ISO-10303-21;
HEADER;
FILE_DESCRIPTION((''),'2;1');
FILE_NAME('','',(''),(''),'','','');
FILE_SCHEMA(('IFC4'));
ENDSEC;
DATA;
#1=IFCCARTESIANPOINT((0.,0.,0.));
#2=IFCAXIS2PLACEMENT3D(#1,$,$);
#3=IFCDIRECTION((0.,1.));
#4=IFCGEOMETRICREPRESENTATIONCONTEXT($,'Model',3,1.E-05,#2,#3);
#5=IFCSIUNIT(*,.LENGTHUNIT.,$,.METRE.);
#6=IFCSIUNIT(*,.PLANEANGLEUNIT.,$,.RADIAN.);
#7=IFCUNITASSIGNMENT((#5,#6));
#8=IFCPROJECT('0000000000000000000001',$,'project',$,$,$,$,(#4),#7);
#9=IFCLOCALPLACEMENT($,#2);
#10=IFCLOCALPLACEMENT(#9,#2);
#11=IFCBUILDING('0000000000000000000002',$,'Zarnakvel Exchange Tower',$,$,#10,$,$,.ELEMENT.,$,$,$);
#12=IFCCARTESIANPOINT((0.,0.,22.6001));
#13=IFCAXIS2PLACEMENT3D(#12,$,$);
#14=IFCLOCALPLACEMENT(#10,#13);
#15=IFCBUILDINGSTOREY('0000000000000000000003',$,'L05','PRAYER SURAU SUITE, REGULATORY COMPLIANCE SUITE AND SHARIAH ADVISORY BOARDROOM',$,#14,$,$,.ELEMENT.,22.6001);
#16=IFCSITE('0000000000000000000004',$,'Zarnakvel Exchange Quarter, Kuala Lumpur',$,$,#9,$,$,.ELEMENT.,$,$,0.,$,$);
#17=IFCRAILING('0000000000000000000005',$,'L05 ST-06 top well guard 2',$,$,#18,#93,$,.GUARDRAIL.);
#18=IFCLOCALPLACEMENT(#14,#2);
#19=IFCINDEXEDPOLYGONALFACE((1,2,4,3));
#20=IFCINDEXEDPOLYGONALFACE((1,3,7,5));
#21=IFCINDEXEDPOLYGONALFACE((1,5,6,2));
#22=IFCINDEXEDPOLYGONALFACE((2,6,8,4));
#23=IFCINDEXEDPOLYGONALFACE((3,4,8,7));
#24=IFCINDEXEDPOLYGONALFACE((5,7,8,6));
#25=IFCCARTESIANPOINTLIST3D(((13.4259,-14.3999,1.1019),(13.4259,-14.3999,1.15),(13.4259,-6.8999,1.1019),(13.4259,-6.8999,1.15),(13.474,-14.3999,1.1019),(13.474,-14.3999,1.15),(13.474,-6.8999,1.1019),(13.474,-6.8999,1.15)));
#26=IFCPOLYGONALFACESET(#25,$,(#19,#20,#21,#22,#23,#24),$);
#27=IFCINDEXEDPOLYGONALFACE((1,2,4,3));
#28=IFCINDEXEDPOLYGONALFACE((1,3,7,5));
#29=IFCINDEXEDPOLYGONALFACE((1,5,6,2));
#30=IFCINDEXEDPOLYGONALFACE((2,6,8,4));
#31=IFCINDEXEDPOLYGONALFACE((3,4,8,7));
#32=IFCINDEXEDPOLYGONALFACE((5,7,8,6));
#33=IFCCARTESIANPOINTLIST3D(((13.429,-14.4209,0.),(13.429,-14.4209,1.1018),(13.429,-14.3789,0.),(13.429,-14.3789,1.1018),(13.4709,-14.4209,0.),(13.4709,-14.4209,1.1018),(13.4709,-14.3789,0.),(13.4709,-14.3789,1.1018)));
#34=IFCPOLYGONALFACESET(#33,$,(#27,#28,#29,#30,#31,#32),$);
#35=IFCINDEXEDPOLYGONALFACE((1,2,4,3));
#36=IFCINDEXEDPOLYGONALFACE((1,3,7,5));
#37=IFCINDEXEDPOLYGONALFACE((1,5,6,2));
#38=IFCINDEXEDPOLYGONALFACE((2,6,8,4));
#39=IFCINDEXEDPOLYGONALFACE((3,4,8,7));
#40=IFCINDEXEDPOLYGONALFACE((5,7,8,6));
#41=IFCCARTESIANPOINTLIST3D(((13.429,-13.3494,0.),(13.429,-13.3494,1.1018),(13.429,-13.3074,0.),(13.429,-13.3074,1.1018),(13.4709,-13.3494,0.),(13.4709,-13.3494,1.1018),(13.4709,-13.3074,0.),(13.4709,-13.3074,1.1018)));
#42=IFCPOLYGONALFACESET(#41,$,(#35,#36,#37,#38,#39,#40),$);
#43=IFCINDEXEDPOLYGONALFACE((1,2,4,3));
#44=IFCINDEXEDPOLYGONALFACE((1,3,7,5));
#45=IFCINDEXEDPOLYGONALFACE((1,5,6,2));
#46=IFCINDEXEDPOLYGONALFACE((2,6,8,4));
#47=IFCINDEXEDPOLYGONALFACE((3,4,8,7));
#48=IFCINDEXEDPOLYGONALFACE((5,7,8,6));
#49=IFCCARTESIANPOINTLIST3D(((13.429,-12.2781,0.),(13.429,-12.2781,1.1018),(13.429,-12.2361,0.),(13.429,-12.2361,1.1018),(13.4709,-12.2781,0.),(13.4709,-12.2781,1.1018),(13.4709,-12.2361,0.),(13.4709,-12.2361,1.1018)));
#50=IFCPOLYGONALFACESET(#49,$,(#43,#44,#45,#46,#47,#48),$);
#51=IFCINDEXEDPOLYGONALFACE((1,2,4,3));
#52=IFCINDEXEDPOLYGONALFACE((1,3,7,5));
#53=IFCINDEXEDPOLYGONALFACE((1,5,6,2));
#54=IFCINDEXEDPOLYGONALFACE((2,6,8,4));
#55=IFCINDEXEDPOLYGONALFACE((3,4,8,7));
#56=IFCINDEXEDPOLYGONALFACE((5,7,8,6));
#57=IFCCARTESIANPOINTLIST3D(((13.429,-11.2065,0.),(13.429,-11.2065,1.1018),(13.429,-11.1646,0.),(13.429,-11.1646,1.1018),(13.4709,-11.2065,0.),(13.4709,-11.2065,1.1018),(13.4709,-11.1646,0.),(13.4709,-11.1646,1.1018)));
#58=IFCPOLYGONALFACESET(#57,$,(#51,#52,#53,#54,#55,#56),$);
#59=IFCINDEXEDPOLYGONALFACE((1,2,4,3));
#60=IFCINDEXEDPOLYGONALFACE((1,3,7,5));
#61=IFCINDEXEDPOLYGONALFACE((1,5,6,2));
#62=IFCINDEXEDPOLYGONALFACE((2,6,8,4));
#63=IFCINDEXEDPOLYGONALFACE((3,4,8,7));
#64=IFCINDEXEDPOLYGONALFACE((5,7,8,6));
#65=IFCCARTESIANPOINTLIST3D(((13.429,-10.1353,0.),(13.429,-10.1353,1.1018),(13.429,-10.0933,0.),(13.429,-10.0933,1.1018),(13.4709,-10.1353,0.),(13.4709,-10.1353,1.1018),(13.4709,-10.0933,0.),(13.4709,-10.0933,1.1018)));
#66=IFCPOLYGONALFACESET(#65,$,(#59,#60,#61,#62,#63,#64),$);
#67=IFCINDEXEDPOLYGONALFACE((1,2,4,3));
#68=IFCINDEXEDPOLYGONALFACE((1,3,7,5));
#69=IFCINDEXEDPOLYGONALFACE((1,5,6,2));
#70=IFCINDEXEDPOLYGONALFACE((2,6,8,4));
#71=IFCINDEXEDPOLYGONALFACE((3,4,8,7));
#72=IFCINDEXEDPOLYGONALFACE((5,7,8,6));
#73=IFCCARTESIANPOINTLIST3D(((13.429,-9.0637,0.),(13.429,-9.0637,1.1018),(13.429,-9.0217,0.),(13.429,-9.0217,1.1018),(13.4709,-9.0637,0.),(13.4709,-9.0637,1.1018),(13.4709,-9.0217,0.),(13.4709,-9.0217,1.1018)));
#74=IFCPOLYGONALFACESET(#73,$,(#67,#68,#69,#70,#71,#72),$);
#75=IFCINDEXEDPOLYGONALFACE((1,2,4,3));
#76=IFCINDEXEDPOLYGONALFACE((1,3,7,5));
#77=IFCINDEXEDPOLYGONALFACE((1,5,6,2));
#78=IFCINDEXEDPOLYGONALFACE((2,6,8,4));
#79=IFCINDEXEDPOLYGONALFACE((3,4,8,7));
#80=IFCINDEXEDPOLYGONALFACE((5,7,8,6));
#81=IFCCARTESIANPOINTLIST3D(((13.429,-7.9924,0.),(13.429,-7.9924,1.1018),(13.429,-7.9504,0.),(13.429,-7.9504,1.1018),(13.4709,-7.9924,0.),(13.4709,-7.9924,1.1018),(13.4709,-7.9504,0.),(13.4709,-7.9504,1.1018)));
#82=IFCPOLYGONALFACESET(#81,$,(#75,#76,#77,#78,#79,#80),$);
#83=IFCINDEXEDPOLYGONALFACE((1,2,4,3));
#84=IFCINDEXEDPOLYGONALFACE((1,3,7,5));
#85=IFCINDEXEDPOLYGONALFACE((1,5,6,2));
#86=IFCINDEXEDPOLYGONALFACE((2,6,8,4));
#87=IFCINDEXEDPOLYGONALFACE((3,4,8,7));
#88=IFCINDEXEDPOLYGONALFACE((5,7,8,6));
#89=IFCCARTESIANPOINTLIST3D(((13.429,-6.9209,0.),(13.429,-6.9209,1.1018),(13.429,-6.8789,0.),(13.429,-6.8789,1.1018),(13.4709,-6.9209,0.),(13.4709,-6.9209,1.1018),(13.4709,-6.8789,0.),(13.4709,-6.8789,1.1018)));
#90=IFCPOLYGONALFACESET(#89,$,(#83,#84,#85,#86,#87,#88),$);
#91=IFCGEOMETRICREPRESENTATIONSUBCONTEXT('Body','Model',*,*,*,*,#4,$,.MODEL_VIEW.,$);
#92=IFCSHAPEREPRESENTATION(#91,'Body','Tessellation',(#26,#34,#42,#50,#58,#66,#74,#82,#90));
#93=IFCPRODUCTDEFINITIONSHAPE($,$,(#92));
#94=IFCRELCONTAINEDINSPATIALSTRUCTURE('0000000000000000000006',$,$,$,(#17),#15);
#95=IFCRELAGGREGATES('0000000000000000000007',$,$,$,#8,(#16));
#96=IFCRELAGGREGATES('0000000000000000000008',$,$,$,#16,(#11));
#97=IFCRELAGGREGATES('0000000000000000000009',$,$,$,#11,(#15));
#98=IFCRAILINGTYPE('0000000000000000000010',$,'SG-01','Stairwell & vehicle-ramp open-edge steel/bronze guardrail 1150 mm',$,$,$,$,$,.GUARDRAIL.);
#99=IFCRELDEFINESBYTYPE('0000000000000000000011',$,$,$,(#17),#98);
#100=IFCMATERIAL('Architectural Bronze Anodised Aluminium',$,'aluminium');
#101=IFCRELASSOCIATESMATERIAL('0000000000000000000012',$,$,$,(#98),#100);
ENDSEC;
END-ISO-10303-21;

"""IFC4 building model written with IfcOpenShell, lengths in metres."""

from ifc_helpers import new_model, si_unit, direction, frame, origin, origin_2d, place, context, subcontext, project, spatial, rectangle, extrude, material, type_object, element, save


model = new_model("IFC4")

# Units and contexts
model_context = context("Model", 3, precision=1e-05, world=origin(), true_north=direction((0.0, 1.0)))
body_context = subcontext(model_context, "Body", "Model", "MODEL_VIEW")
ifc_project = project(units=[si_unit("LENGTHUNIT", "METRE"), si_unit("PLANEANGLEUNIT", "RADIAN")], contexts=[model_context])

# Site, building, storey
site_placement = place(None, origin())
site = spatial("IfcSite", under=ifc_project, at=site_placement, Name="Zarnakvel Exchange Quarter, Kuala Lumpur", CompositionType="ELEMENT", RefElevation=0.0)
building_placement = place(site_placement, origin())
building = spatial("IfcBuilding", under=site, at=building_placement, Name="Zarnakvel Exchange Tower", CompositionType="ELEMENT")
storey_placement = place(building_placement, frame((0.0, 0.0, 22.6001)))
storey = spatial("IfcBuildingStorey", under=building, at=storey_placement, Name="L05", Description="PRAYER SURAU SUITE, REGULATORY COMPLIANCE SUITE AND SHARIAH ADVISORY BOARDROOM", CompositionType="ELEMENT", Elevation=22.6001)

# Shared definitions
ifc_material_1 = material(Name="Architectural Bronze Anodised Aluminium", Category="aluminium")

# Railing
railing_type = type_object("IfcRailingType", Name="SG-01", Description="Stairwell & vehicle-ramp open-edge steel/bronze guardrail 1150 mm", PredefinedType="GUARDRAIL", material=ifc_material_1)
railing_placement = place(storey_placement, frame((13.45, -14.3999, 0.0)))
element("IfcRailing", 1, at=railing_placement, inside=storey, type_object=railing_type, Name="L05 ST-06 top well guard 2", PredefinedType="GUARDRAIL", context=body_context, shape_type="SweptSolid", body=[
    extrude(rectangle(XDim=0.0481, YDim=0.0481, at=origin_2d()), frame((0.0, 0.0, 1.126), z_axis=(0.0, 1.0, 0.0), x_axis=(-1.0, 0.0, 0.0)), (0.0, 0.0, 1.0), 7.5),
    extrude(rectangle(XDim=0.042, YDim=0.042, at=origin_2d()), origin(), (0.0, 0.0, 1.0), 1.1018),
    extrude(rectangle(XDim=0.042, YDim=0.042, at=origin_2d()), frame((0.0, 1.0715, 0.0)), (0.0, 0.0, 1.0), 1.1018),
    extrude(rectangle(XDim=0.042, YDim=0.042, at=origin_2d()), frame((0.0, 2.1428, 0.0)), (0.0, 0.0, 1.0), 1.1018),
    extrude(rectangle(XDim=0.042, YDim=0.042, at=origin_2d()), frame((0.0, 3.2144, 0.0)), (0.0, 0.0, 1.0), 1.1018),
    extrude(rectangle(XDim=0.042, YDim=0.042, at=origin_2d()), frame((0.0, 4.2856, 0.0)), (0.0, 0.0, 1.0), 1.1018),
    extrude(rectangle(XDim=0.042, YDim=0.042, at=origin_2d()), frame((0.0, 5.3572, 0.0)), (0.0, 0.0, 1.0), 1.1018),
    extrude(rectangle(XDim=0.042, YDim=0.042, at=origin_2d()), frame((0.0, 6.4285, 0.0)), (0.0, 0.0, 1.0), 1.1018),
    extrude(rectangle(XDim=0.042, YDim=0.042, at=origin_2d()), frame((0.0, 7.5, 0.0)), (0.0, 0.0, 1.0), 1.1018),
])

save(model, "model.ifc")
